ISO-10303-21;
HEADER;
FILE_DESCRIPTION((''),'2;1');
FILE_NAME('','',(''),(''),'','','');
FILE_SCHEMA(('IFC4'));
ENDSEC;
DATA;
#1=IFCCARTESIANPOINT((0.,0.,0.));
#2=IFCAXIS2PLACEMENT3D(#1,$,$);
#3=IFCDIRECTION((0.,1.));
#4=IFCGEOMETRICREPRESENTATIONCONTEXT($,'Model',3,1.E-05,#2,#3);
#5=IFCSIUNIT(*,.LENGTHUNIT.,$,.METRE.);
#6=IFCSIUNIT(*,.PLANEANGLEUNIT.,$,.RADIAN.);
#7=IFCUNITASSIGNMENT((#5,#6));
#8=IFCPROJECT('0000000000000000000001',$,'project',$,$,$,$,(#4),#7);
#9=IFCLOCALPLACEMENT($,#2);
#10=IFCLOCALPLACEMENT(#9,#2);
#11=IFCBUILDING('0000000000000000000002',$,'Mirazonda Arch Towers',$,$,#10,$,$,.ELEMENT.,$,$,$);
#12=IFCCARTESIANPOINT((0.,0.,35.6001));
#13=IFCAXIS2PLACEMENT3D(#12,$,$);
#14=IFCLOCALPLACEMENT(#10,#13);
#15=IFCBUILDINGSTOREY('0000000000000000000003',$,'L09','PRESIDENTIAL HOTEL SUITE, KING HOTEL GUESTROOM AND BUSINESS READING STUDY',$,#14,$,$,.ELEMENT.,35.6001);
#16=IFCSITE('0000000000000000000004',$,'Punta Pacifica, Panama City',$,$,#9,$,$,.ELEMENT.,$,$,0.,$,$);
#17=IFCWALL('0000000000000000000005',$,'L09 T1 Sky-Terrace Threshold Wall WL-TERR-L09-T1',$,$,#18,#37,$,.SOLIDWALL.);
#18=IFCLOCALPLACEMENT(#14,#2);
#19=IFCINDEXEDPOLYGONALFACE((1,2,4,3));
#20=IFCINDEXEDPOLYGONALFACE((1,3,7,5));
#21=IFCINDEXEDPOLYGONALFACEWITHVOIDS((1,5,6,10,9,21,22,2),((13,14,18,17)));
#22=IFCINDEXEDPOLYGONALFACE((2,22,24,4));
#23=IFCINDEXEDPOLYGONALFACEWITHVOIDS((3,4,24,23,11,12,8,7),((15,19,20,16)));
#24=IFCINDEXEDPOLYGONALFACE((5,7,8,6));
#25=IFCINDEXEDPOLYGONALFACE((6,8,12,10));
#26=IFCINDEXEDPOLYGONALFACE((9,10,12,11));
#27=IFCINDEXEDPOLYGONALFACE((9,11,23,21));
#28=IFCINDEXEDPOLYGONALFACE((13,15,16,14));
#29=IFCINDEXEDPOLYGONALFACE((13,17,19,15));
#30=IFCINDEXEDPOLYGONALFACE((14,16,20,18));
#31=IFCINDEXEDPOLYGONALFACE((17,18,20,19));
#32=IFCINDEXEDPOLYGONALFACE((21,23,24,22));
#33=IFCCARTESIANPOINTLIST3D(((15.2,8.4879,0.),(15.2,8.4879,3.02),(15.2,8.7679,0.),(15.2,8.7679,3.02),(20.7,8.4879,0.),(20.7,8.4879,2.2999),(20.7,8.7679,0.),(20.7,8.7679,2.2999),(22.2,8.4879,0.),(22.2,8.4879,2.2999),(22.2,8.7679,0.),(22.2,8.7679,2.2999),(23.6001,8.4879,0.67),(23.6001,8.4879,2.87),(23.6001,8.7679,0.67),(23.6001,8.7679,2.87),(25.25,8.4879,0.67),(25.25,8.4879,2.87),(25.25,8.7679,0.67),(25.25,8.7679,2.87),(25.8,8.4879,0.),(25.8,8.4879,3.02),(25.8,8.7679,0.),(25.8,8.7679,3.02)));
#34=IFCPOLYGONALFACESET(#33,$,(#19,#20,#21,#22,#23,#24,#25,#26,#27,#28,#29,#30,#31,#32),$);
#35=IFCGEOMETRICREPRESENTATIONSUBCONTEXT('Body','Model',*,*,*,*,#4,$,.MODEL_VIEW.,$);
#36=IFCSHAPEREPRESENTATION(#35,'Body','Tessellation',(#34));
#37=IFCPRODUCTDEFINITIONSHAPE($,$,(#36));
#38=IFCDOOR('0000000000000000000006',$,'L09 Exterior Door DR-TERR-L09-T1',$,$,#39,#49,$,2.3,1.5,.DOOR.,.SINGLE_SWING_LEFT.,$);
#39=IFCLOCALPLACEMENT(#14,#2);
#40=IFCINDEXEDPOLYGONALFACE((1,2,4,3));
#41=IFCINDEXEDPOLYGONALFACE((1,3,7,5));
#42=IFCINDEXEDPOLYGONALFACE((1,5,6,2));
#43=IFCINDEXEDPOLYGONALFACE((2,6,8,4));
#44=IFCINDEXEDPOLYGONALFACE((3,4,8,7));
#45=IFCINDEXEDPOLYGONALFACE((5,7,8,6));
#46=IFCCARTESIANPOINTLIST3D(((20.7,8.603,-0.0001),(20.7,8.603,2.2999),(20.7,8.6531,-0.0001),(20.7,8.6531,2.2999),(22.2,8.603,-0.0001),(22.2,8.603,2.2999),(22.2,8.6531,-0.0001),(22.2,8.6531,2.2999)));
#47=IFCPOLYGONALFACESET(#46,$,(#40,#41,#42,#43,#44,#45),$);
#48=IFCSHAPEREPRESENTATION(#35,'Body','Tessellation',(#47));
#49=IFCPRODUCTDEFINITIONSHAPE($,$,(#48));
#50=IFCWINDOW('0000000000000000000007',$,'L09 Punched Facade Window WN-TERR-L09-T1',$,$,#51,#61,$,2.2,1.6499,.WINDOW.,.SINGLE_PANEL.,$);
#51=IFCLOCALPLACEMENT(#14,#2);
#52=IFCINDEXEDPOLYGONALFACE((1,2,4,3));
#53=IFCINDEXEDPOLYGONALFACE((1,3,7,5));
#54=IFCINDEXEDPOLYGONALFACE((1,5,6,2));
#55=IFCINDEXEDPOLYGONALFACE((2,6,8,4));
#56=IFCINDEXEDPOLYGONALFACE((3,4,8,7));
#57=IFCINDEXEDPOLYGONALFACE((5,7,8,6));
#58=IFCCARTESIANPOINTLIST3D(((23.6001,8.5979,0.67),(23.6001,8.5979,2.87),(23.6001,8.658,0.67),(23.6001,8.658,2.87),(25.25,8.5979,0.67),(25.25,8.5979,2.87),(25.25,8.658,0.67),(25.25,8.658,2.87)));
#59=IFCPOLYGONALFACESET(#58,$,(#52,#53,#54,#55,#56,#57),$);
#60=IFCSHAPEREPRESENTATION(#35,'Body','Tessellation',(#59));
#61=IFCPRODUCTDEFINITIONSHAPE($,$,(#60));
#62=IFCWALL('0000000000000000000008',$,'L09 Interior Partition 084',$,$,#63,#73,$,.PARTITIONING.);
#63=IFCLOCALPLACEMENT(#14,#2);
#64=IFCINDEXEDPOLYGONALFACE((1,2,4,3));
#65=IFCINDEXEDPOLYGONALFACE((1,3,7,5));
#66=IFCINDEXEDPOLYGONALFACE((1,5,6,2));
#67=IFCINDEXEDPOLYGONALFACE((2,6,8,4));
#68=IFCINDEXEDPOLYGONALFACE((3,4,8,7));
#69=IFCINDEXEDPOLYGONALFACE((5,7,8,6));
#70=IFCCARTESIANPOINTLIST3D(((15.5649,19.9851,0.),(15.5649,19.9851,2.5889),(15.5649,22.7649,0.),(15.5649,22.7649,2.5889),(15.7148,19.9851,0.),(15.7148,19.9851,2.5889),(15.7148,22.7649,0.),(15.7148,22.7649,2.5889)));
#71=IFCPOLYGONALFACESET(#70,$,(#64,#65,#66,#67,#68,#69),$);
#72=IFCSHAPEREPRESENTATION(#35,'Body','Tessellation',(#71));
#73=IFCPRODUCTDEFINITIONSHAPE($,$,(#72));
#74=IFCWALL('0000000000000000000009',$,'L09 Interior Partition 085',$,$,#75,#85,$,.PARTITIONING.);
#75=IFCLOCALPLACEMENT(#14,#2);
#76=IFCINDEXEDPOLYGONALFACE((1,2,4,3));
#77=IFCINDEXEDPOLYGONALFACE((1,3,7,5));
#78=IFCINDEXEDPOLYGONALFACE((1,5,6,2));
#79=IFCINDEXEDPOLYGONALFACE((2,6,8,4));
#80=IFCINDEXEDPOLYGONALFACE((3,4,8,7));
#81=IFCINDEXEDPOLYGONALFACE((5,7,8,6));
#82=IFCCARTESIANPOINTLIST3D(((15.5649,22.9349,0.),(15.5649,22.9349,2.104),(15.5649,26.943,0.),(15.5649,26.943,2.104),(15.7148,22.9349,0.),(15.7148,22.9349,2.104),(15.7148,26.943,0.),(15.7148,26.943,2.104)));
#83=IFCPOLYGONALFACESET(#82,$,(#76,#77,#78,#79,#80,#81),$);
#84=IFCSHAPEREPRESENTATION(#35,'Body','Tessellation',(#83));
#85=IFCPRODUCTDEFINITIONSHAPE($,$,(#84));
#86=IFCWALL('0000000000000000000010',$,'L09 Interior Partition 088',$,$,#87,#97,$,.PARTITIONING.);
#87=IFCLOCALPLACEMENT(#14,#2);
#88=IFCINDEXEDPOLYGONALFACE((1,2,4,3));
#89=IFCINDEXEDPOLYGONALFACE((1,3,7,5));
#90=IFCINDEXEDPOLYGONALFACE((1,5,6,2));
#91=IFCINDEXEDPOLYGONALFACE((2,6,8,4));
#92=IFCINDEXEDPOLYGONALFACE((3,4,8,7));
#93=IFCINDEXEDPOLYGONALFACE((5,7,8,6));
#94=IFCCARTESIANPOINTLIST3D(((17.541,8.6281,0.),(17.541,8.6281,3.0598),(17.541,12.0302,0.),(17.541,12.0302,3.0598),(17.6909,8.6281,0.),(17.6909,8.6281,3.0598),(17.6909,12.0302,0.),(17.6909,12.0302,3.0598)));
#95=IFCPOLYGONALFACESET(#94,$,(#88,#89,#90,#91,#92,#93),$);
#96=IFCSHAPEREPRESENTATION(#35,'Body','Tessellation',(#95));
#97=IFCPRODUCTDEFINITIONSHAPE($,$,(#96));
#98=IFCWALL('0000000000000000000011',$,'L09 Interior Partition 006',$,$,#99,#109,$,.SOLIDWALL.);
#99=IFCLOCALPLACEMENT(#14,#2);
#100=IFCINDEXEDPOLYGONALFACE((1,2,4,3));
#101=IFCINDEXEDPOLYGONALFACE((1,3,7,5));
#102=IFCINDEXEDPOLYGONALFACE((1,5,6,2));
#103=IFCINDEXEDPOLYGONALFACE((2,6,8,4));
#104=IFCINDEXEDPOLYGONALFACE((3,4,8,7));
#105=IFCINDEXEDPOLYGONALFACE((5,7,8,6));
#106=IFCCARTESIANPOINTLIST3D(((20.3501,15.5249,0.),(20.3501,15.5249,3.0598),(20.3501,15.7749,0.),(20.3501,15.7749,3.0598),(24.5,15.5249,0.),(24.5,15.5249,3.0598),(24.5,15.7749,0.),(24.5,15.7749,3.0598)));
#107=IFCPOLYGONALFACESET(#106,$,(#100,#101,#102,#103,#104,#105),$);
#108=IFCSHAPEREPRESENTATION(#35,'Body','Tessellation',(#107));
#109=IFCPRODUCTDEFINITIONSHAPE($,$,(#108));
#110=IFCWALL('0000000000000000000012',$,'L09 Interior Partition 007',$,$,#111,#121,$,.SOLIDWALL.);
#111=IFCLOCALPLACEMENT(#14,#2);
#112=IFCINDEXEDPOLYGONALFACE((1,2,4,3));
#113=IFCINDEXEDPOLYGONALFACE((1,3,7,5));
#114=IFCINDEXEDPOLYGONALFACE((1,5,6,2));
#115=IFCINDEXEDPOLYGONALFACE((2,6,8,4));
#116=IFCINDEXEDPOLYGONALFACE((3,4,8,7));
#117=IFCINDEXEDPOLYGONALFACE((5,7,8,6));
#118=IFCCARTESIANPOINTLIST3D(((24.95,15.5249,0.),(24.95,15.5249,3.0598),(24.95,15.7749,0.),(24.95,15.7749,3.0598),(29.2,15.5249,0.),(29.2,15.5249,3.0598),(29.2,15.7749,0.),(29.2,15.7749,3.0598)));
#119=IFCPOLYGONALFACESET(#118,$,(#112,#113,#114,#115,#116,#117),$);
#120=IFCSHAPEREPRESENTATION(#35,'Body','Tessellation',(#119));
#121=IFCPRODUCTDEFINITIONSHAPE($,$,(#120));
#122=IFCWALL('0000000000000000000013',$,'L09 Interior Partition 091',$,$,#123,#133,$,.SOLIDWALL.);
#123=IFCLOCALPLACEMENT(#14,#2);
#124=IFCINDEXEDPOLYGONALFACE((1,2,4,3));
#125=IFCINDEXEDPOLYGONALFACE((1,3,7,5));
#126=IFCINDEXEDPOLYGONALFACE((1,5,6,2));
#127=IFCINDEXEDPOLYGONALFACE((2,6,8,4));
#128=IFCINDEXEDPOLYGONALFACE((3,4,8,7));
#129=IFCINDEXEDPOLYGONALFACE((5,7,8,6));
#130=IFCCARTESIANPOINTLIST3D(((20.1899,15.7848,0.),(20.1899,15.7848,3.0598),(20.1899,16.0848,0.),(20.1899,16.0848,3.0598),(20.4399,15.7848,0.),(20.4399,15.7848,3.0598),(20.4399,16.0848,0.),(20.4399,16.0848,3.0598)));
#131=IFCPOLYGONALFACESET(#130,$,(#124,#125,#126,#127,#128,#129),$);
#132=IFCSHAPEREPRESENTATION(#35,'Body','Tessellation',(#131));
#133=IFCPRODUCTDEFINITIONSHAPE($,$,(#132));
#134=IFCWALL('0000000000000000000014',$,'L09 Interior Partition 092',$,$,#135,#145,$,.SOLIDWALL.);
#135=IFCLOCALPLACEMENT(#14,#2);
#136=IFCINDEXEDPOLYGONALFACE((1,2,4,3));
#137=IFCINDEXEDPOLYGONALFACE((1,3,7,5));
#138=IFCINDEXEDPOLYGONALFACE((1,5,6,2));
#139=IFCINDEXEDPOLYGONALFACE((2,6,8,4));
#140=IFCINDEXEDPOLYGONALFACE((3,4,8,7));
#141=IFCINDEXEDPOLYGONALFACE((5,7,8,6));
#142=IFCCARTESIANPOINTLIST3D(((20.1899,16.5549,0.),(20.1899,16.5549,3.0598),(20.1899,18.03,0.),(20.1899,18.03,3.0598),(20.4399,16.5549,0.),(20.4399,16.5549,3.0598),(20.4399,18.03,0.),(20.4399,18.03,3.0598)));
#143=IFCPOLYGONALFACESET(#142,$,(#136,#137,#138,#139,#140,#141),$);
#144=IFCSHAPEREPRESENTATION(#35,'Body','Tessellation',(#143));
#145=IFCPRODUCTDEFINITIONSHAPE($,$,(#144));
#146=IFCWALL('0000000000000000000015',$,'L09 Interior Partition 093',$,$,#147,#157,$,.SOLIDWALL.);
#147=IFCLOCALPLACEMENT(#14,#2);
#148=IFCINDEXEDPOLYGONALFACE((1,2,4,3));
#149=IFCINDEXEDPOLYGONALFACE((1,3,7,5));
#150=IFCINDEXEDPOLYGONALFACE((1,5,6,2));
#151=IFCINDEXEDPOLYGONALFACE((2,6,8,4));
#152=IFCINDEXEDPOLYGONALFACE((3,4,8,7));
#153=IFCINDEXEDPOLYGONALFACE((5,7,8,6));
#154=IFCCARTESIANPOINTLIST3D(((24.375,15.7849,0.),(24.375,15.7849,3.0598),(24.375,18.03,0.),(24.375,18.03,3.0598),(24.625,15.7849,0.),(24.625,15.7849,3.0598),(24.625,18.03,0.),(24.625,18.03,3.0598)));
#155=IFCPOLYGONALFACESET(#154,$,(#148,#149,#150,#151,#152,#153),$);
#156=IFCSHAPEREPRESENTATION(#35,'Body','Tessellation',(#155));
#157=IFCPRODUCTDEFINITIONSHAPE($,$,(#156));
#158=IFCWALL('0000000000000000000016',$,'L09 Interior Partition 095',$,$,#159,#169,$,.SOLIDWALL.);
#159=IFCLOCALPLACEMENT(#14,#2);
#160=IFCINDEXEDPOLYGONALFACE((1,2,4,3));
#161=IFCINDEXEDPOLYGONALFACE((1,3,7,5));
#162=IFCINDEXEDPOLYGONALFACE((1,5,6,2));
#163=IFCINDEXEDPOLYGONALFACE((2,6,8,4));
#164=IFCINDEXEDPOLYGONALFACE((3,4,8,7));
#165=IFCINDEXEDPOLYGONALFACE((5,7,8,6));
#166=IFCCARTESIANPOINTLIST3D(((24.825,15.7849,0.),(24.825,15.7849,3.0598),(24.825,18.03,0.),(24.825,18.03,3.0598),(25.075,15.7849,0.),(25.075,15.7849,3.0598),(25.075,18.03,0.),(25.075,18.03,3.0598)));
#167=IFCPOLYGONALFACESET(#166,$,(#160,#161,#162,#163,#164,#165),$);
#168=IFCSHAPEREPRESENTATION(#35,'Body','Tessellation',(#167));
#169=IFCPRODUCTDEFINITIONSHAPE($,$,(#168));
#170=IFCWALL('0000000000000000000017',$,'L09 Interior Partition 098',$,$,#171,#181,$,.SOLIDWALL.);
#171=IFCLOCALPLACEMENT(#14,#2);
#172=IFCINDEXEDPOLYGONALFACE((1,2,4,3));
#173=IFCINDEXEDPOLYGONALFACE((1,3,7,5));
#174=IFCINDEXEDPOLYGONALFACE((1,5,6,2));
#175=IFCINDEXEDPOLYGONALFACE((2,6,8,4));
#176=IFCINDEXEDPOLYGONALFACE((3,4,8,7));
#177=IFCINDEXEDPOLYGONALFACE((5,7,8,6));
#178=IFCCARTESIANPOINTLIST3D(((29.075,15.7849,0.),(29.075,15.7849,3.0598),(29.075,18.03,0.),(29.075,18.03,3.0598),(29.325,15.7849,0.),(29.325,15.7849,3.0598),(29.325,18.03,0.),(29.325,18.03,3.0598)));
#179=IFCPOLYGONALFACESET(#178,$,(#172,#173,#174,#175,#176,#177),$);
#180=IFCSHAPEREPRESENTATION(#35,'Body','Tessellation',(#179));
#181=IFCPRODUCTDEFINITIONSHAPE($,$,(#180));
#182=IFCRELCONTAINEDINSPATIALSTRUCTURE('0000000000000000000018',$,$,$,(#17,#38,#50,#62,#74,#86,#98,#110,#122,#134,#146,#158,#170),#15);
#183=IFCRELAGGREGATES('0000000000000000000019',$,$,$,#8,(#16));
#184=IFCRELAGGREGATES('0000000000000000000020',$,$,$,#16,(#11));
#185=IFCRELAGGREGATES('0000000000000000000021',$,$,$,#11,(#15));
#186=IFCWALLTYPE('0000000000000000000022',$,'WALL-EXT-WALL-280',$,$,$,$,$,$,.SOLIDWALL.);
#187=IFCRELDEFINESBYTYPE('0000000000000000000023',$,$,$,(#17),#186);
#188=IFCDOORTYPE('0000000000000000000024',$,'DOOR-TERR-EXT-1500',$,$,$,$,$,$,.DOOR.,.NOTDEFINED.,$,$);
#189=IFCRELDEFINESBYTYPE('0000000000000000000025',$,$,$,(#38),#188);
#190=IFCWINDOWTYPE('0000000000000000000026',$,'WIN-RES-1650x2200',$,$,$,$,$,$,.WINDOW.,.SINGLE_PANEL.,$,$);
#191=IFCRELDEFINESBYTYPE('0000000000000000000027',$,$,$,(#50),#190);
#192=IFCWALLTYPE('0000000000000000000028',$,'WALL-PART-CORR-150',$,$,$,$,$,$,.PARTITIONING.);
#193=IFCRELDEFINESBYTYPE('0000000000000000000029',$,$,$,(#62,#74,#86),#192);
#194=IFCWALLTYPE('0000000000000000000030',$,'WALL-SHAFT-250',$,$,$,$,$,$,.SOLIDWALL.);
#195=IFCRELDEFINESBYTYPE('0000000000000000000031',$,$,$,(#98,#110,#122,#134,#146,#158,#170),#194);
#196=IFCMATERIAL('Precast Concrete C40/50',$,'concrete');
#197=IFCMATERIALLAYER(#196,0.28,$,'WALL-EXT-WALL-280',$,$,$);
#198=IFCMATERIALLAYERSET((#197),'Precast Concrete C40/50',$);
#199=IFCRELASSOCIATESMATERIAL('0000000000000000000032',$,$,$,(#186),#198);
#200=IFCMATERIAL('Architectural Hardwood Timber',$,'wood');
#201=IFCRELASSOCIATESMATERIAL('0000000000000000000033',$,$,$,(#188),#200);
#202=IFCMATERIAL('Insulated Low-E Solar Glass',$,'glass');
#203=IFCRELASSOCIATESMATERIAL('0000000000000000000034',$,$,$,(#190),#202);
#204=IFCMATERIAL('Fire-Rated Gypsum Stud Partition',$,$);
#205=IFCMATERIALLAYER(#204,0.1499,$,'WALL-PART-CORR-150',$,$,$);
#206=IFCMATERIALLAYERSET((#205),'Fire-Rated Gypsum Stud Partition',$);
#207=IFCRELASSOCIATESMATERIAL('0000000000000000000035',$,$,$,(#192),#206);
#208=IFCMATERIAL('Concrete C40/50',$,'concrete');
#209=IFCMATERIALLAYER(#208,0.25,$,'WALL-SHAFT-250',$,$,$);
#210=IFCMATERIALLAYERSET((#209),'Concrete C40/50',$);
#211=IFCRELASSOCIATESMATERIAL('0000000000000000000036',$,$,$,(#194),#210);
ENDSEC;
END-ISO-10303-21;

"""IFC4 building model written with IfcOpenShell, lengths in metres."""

from ifc_helpers import new_model, si_unit, direction, frame, frame_2d, origin, place, context, subcontext, project, spatial, rectangle, extrude, material, layer, layer_set, type_object, element, fill, save


model = new_model("IFC4")

# Units and contexts
model_context = context("Model", 3, precision=1e-05, world=origin(), true_north=direction((0.0, 1.0)))
body_context = subcontext(model_context, "Body", "Model", "MODEL_VIEW")
ifc_project = project(units=[si_unit("LENGTHUNIT", "METRE"), si_unit("PLANEANGLEUNIT", "RADIAN")], contexts=[model_context])

# Site, building, storey
site_placement = place(None, origin())
site = spatial("IfcSite", under=ifc_project, at=site_placement, Name="Punta Pacifica, Panama City", CompositionType="ELEMENT", RefElevation=0.0)
building_placement = place(site_placement, origin())
building = spatial("IfcBuilding", under=site, at=building_placement, Name="Mirazonda Arch Towers", CompositionType="ELEMENT")
storey_placement = place(building_placement, frame((0.0, 0.0, 35.6001)))
storey = spatial("IfcBuildingStorey", under=building, at=storey_placement, Name="L09", Description="PRESIDENTIAL HOTEL SUITE, KING HOTEL GUESTROOM AND BUSINESS READING STUDY", CompositionType="ELEMENT", Elevation=35.6001)

# Wall, openings, door, window
ifc_material_1 = material(Name="Precast Concrete C40/50", Category="concrete")
ifc_layer_1 = layer(ifc_material_1, 0.28, Name="WALL-EXT-WALL-280")
ifc_layer_set_1 = layer_set([ifc_layer_1], Name="Precast Concrete C40/50")
wall_type_1 = type_object("IfcWallType", Name="WALL-EXT-WALL-280", PredefinedType="SOLIDWALL", material=ifc_layer_set_1)
wall_1_placement = place(storey_placement, frame((25.8, 8.6279, 0.0), z_axis=(0.0, 0.0, 1.0), x_axis=(-1.0, 0.0, 0.0)))
wall_1 = element("IfcWall", 1, at=wall_1_placement, inside=storey, type_object=wall_type_1, Name="L09 T1 Sky-Terrace Threshold Wall WL-TERR-L09-T1", PredefinedType="SOLIDWALL", context=body_context, shape_type="SweptSolid", body=[
    extrude(rectangle(XDim=10.6001, YDim=0.28, at=frame_2d((5.3, 0.0))), origin(), (0.0, 0.0, 1.0), 3.02),
])
opening_1_placement = place(wall_1_placement, frame((0.55, 0.0, 0.6699)))
opening_1 = element("IfcOpeningElement", 2, at=opening_1_placement, cuts=wall_1, PredefinedType="OPENING", context=body_context, shape_type="SweptSolid", body=[
    extrude(rectangle(XDim=1.6499, YDim=2.2, at=frame_2d((0.825, 1.1001))), frame((0.0, 0.1499, 0.0), z_axis=(0.0, -1.0, 0.0), x_axis=(1.0, 0.0, 0.0)), (0.0, 0.0, 1.0), 0.3),
])
opening_2_placement = place(wall_1_placement, frame((3.6001, 0.0, 0.0)))
opening_2 = element("IfcOpeningElement", 3, at=opening_2_placement, cuts=wall_1, PredefinedType="OPENING", context=body_context, shape_type="SweptSolid", body=[
    extrude(rectangle(XDim=1.5, YDim=2.3, at=frame_2d((0.75, 1.1499))), frame((0.0, 0.1499, 0.0), z_axis=(0.0, -1.0, 0.0), x_axis=(1.0, 0.0, 0.0)), (0.0, 0.0, 1.0), 0.3),
])
ifc_material_2 = material(Name="Architectural Hardwood Timber", Category="wood")
door_type = type_object("IfcDoorType", Name="DOOR-TERR-EXT-1500", OperationType="NOTDEFINED", PredefinedType="DOOR", material=ifc_material_2)
door_placement = place(opening_2_placement, origin())
door = element("IfcDoor", 4, at=door_placement, inside=storey, type_object=door_type, Name="L09 Exterior Door DR-TERR-L09-T1", OperationType="SINGLE_SWING_LEFT", OverallHeight=2.3, OverallWidth=1.5, PredefinedType="DOOR", context=body_context, shape_type="SweptSolid", body=[
    extrude(rectangle(XDim=1.5, YDim=2.3, at=frame_2d((0.75, 1.1499))), frame((0.0, 0.0249, 0.0), z_axis=(0.0, -1.0, 0.0), x_axis=(1.0, 0.0, 0.0)), (0.0, 0.0, 1.0), 0.05),
])
fill(opening_2, door)
ifc_material_3 = material(Name="Insulated Low-E Solar Glass", Category="glass")
window_type = type_object("IfcWindowType", Name="WIN-RES-1650x2200", PartitioningType="SINGLE_PANEL", PredefinedType="WINDOW", material=ifc_material_3)
window_placement = place(opening_1_placement, origin())
window = element("IfcWindow", 5, at=window_placement, inside=storey, type_object=window_type, Name="L09 Punched Facade Window WN-TERR-L09-T1", OverallHeight=2.2, OverallWidth=1.6499, PartitioningType="SINGLE_PANEL", PredefinedType="WINDOW", context=body_context, shape_type="SweptSolid", body=[
    extrude(rectangle(XDim=1.6499, YDim=2.2, at=frame_2d((0.825, 1.1001))), frame((0.0, 0.03, 0.0), z_axis=(0.0, -1.0, 0.0), x_axis=(1.0, 0.0, 0.0)), (0.0, 0.0, 1.0), 0.0601),
])
fill(opening_1, window)

# Walls
ifc_material_4 = material(Name="Fire-Rated Gypsum Stud Partition")
ifc_layer_2 = layer(ifc_material_4, 0.1499, Name="WALL-PART-CORR-150")
ifc_layer_set_2 = layer_set([ifc_layer_2], Name="Fire-Rated Gypsum Stud Partition")
wall_type_2 = type_object("IfcWallType", Name="WALL-PART-CORR-150", PredefinedType="PARTITIONING", material=ifc_layer_set_2)
wall_2_placement = place(storey_placement, frame((15.6399, 19.9851, 0.0), z_axis=(0.0, 0.0, 1.0), x_axis=(0.0, 1.0, 0.0)))
element("IfcWall", 6, at=wall_2_placement, inside=storey, type_object=wall_type_2, Name="L09 Interior Partition 084", PredefinedType="PARTITIONING", context=body_context, shape_type="SweptSolid", body=[
    extrude(rectangle(XDim=2.7798, YDim=0.1499, at=frame_2d((1.3899, 0.0))), origin(), (0.0, 0.0, 1.0), 2.5889),
])
wall_3_placement = place(storey_placement, frame((15.6399, 22.9351, 0.0), z_axis=(0.0, 0.0, 1.0), x_axis=(0.0, 1.0, 0.0)))
element("IfcWall", 7, at=wall_3_placement, inside=storey, type_object=wall_type_2, Name="L09 Interior Partition 085", PredefinedType="PARTITIONING", context=body_context, shape_type="SweptSolid", body=[
    extrude(rectangle(XDim=4.0081, YDim=0.1499, at=frame_2d((2.0039, 0.0))), origin(), (0.0, 0.0, 1.0), 2.104),
])
wall_4_placement = place(storey_placement, frame((17.616, 8.6279, 0.0), z_axis=(0.0, 0.0, 1.0), x_axis=(0.0, 1.0, 0.0)))
element("IfcWall", 8, at=wall_4_placement, inside=storey, type_object=wall_type_2, Name="L09 Interior Partition 088", PredefinedType="PARTITIONING", context=body_context, shape_type="SweptSolid", body=[
    extrude(rectangle(XDim=3.4021, YDim=0.1499, at=frame_2d((1.7012, 0.0))), origin(), (0.0, 0.0, 1.0), 3.0598),
])
ifc_material_5 = material(Name="Concrete C40/50", Category="concrete")
ifc_layer_3 = layer(ifc_material_5, 0.25, Name="WALL-SHAFT-250")
ifc_layer_set_3 = layer_set([ifc_layer_3], Name="Concrete C40/50")
wall_type_3 = type_object("IfcWallType", Name="WALL-SHAFT-250", PredefinedType="SOLIDWALL", material=ifc_layer_set_3)
wall_5_placement = place(storey_placement, frame((20.3501, 15.6499, 0.0), z_axis=(0.0, 0.0, 1.0), x_axis=(1.0, 0.0, 0.0)))
element("IfcWall", 9, at=wall_5_placement, inside=storey, type_object=wall_type_3, Name="L09 Interior Partition 006", PredefinedType="SOLIDWALL", context=body_context, shape_type="SweptSolid", body=[
    extrude(rectangle(XDim=4.1499, YDim=0.25, at=frame_2d((2.075, 0.0))), origin(), (0.0, 0.0, 1.0), 3.0598),
])
wall_6_placement = place(storey_placement, frame((24.95, 15.6499, 0.0), z_axis=(0.0, 0.0, 1.0), x_axis=(1.0, 0.0, 0.0)))
element("IfcWall", 10, at=wall_6_placement, inside=storey, type_object=wall_type_3, Name="L09 Interior Partition 007", PredefinedType="SOLIDWALL", context=body_context, shape_type="SweptSolid", body=[
    extrude(rectangle(XDim=4.25, YDim=0.25, at=frame_2d((2.125, 0.0))), origin(), (0.0, 0.0, 1.0), 3.0598),
])
wall_7_placement = place(storey_placement, frame((20.3149, 15.7849, 0.0), z_axis=(0.0, 0.0, 1.0), x_axis=(0.0, 1.0, 0.0)))
element("IfcWall", 11, at=wall_7_placement, inside=storey, type_object=wall_type_3, Name="L09 Interior Partition 091", PredefinedType="SOLIDWALL", context=body_context, shape_type="SweptSolid", body=[
    extrude(rectangle(XDim=0.3, YDim=0.25, at=frame_2d((0.1499, 0.0))), origin(), (0.0, 0.0, 1.0), 3.0598),
])
wall_8_placement = place(storey_placement, frame((20.3149, 16.5549, 0.0), z_axis=(0.0, 0.0, 1.0), x_axis=(0.0, 1.0, 0.0)))
element("IfcWall", 12, at=wall_8_placement, inside=storey, type_object=wall_type_3, Name="L09 Interior Partition 092", PredefinedType="SOLIDWALL", context=body_context, shape_type="SweptSolid", body=[
    extrude(rectangle(XDim=1.4751, YDim=0.25, at=frame_2d((0.7375, 0.0))), origin(), (0.0, 0.0, 1.0), 3.0598),
])
for number, where, z_axis, x_axis, name in (
    (13, (24.5, 15.7849, 0.0), (0.0, 0.0, 1.0), (0.0, 1.0, 0.0), "L09 Interior Partition 093"),
    (14, (24.95, 15.7849, 0.0), (0.0, 0.0, 1.0), (0.0, 1.0, 0.0), "L09 Interior Partition 095"),
    (15, (29.2, 15.7849, 0.0), (0.0, 0.0, 1.0), (0.0, 1.0, 0.0), "L09 Interior Partition 098"),
):
    element("IfcWall", number, at=place(storey_placement, frame(where, z_axis=z_axis, x_axis=x_axis)), inside=storey, type_object=wall_type_3, Name=name, PredefinedType="SOLIDWALL", context=body_context, shape_type="SweptSolid", body=[
        extrude(rectangle(XDim=2.2451, YDim=0.25, at=frame_2d((1.1226, 0.0))), origin(), (0.0, 0.0, 1.0), 3.0598),
    ])

save(model, "model.ifc")
